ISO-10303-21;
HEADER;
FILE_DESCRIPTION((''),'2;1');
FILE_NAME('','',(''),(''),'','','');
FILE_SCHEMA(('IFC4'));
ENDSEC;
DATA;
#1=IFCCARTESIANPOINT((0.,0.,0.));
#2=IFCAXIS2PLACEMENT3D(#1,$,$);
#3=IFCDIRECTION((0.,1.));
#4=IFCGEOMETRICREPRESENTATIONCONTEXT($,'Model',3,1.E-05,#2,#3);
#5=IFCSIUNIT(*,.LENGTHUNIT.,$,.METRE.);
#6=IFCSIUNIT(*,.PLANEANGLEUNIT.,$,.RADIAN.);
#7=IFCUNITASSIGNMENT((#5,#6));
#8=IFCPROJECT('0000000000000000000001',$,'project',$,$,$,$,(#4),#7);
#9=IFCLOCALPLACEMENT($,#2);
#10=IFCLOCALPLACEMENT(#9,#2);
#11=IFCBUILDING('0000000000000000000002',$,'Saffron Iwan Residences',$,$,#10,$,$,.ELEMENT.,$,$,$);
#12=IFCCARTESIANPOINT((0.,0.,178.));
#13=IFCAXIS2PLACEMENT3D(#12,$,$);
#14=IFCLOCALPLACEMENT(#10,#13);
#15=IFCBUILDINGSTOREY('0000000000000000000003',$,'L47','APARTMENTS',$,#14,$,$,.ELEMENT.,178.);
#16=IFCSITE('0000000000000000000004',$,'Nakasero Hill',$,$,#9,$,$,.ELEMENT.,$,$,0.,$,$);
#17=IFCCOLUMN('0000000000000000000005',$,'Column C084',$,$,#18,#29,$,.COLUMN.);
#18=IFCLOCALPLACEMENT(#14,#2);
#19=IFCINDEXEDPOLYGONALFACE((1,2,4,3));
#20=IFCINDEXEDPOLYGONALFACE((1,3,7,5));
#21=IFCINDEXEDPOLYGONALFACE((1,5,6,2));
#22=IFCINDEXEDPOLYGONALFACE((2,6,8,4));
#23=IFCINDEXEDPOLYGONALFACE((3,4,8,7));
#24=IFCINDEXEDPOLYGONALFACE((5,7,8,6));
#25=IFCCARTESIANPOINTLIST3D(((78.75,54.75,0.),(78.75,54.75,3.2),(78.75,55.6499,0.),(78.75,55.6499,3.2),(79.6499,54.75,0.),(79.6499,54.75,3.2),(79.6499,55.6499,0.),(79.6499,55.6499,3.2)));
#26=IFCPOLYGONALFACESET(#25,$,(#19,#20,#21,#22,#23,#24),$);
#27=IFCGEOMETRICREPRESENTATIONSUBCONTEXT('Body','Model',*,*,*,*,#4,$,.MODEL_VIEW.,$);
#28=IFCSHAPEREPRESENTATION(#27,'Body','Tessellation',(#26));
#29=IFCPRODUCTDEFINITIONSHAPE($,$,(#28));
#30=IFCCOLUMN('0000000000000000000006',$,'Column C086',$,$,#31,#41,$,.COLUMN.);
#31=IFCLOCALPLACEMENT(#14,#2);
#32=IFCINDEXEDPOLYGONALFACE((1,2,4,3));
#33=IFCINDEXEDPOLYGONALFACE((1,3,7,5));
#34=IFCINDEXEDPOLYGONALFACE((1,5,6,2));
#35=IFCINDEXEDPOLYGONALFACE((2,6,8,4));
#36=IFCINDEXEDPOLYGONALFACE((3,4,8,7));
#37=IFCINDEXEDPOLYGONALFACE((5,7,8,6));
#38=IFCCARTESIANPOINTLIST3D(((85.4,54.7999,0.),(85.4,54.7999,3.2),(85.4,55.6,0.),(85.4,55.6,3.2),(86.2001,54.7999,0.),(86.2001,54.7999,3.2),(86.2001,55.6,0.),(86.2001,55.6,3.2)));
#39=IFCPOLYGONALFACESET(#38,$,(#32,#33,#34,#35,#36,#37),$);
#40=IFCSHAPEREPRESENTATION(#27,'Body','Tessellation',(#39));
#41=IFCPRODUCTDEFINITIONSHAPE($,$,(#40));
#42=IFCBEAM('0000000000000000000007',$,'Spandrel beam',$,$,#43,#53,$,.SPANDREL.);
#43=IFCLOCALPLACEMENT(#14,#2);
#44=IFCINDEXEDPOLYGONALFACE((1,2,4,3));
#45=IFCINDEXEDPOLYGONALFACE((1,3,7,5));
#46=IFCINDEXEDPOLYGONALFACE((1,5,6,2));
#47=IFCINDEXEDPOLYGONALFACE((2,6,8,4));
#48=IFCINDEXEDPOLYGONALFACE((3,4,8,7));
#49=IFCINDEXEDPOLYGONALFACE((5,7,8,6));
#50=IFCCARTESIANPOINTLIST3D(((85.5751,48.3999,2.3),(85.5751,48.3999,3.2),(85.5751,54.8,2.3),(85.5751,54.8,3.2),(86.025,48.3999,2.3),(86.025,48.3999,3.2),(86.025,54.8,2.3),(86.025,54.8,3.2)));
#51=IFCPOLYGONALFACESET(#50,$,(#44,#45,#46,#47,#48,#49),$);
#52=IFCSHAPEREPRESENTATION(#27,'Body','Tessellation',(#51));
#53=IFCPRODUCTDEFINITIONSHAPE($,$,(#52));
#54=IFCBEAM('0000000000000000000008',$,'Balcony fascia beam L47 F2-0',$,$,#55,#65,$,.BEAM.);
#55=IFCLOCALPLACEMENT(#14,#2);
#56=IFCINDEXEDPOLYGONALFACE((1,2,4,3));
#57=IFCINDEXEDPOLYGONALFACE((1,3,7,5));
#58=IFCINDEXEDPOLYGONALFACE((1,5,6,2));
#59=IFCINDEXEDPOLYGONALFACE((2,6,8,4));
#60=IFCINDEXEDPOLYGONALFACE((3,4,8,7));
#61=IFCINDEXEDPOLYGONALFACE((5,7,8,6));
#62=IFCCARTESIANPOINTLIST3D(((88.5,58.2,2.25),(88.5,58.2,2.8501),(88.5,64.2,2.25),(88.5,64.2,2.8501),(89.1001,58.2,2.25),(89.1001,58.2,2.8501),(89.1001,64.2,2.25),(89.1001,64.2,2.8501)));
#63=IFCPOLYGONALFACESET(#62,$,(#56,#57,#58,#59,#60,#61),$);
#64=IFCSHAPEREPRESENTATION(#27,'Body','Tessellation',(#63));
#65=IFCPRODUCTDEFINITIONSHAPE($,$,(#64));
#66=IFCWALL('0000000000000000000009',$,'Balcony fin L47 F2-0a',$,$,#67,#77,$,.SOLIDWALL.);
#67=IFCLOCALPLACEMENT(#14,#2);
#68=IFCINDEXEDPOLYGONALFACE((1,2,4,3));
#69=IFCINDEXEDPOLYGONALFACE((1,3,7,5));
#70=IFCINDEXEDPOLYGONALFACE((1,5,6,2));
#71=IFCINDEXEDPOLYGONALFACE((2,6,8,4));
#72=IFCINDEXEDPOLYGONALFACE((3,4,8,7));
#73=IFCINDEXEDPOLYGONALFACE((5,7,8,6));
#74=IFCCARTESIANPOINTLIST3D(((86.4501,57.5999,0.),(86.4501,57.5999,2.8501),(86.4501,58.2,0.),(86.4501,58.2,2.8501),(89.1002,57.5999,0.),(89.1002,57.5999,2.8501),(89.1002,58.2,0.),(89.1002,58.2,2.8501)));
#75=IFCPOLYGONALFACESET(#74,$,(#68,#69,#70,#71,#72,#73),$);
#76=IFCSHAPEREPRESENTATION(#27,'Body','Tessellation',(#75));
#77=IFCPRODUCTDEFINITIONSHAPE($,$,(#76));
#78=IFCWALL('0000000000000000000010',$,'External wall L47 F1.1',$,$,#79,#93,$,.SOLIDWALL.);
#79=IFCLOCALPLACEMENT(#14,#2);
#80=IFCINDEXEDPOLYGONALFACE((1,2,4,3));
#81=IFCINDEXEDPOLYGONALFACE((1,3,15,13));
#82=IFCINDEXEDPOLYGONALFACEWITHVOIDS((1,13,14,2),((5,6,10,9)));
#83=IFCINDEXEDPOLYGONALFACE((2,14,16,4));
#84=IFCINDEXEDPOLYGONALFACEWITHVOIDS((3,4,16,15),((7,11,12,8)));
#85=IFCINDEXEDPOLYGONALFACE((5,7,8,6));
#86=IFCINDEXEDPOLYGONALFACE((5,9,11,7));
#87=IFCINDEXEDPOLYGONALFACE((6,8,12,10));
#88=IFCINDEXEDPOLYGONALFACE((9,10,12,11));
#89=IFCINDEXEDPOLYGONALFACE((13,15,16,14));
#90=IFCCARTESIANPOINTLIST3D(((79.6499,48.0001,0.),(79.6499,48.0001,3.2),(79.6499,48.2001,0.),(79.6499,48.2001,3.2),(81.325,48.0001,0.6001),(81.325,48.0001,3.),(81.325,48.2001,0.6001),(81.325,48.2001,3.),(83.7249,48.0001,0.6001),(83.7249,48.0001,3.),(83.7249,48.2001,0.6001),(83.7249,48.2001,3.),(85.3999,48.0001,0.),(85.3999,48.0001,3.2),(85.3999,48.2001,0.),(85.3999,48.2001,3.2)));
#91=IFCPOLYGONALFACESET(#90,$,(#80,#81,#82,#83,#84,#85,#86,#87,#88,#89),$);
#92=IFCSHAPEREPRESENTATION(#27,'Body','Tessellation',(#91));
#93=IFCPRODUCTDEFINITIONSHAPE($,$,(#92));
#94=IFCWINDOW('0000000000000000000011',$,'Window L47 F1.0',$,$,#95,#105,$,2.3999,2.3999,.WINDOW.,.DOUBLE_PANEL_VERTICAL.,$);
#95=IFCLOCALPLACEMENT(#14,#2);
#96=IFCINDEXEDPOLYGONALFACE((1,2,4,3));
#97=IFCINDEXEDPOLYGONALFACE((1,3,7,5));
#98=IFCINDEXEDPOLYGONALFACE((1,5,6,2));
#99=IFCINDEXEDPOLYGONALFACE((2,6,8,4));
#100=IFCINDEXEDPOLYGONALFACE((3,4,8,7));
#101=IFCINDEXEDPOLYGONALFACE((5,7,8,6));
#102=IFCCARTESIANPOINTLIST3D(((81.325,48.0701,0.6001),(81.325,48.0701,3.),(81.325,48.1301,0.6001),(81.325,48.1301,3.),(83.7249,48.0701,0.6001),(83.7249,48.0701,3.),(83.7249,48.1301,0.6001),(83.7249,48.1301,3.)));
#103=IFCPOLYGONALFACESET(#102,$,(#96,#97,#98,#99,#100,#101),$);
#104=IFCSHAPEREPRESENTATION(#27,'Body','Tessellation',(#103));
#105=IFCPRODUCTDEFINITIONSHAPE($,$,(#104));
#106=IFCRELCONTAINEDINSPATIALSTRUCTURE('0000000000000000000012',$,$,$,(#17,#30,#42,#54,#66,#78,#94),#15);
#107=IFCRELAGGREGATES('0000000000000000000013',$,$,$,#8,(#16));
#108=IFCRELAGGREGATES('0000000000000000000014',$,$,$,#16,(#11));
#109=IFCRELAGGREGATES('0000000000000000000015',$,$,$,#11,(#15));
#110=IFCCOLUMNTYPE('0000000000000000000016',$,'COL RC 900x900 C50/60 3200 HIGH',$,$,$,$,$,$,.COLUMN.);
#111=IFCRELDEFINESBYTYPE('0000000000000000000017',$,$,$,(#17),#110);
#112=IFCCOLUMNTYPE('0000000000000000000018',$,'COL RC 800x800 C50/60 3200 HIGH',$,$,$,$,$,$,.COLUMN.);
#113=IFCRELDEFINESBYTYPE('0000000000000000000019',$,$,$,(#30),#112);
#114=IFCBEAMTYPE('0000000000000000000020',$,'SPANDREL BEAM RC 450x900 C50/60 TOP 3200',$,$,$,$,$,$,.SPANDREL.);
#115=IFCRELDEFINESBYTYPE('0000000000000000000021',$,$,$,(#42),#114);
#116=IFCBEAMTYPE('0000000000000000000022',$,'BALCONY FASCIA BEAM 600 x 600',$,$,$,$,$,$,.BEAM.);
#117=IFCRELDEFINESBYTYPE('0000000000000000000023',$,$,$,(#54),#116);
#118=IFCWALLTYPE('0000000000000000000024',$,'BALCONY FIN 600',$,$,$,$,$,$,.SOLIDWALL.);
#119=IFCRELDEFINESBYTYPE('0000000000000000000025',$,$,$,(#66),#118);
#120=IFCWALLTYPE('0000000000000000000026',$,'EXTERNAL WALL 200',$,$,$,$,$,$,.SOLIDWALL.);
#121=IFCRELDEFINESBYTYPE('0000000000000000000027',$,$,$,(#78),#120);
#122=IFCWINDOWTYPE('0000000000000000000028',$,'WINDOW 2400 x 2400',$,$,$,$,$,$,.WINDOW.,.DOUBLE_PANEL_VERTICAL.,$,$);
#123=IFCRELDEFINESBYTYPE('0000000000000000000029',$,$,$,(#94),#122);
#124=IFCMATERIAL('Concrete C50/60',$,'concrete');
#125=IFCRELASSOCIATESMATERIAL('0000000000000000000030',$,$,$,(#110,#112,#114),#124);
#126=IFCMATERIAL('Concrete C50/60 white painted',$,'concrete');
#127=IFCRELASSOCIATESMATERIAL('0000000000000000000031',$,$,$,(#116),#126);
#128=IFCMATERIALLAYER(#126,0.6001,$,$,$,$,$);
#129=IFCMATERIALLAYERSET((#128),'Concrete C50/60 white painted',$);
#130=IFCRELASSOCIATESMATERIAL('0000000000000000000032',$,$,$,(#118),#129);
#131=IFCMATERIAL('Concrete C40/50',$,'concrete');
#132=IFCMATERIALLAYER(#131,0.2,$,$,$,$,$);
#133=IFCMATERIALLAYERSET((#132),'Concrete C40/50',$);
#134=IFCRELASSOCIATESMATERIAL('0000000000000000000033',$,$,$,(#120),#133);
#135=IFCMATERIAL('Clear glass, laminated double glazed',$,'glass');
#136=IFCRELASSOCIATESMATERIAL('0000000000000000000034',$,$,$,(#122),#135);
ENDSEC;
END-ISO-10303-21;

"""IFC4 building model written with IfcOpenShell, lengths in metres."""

from ifc_helpers import new_model, si_unit, direction, frame, frame_2d, origin, origin_2d, place, context, subcontext, project, spatial, rectangle, extrude, source, transform, mapped, material, layer, layer_set, material_profile, profile_set, type_object, element, fill, save


model = new_model("IFC4")

# Units and contexts
model_context = context("Model", 3, precision=1e-05, world=origin(), true_north=direction((0.0, 1.0)))
body_context = subcontext(model_context, "Body", "Model", "MODEL_VIEW")
ifc_project = project(units=[si_unit("LENGTHUNIT", "METRE"), si_unit("PLANEANGLEUNIT", "RADIAN")], contexts=[model_context])

# Site, building, storey
site_placement = place(None, origin())
site = spatial("IfcSite", under=ifc_project, at=site_placement, Name="Nakasero Hill", CompositionType="ELEMENT", RefElevation=0.0)
building_placement = place(site_placement, origin())
building = spatial("IfcBuilding", under=site, at=building_placement, Name="Saffron Iwan Residences", CompositionType="ELEMENT")
storey_placement = place(building_placement, frame((0.0, 0.0, 178.0)))
storey = spatial("IfcBuildingStorey", under=building, at=storey_placement, Name="L47", Description="APARTMENTS", CompositionType="ELEMENT", Elevation=178.0)

# Columns
ifc_material_1 = material(Name="Concrete C50/60", Category="concrete")
ifc_material_profile_1 = material_profile(ifc_material_1, rectangle(XDim=0.8999, YDim=0.8999, at=origin_2d()), Name="RC 900x900")
ifc_profile_set_1 = profile_set([ifc_material_profile_1], Name="Concrete C50/60")
column_type_1 = type_object("IfcColumnType", Name="COL RC 900x900 C50/60 3200 HIGH", PredefinedType="COLUMN", material=ifc_profile_set_1)
shared_shape_1 = source(origin(), body_context, "Body", "SweptSolid", [
    extrude(rectangle(XDim=0.8999, YDim=0.8999, at=origin_2d()), origin(), (0.0, 0.0, 1.0), 3.2),
])
column_1_placement = place(storey_placement, frame((79.2, 55.2, 0.0), z_axis=(0.0, 0.0, 1.0), x_axis=(1.0, 0.0, 0.0)))
element("IfcColumn", 1, at=column_1_placement, inside=storey, type_object=column_type_1, Name="Column C084", PredefinedType="COLUMN", context=body_context, shape_type="MappedRepresentation", body=[
    mapped(shared_shape_1, transform((0.0, 0.0, 0.0))),
])
ifc_material_profile_2 = material_profile(ifc_material_1, rectangle(XDim=0.8, YDim=0.8, at=origin_2d()), Name="RC 800x800")
ifc_profile_set_2 = profile_set([ifc_material_profile_2], Name="Concrete C50/60")
column_type_2 = type_object("IfcColumnType", Name="COL RC 800x800 C50/60 3200 HIGH", PredefinedType="COLUMN", material=ifc_profile_set_2)
shared_shape_2 = source(origin(), body_context, "Body", "SweptSolid", [
    extrude(rectangle(XDim=0.8, YDim=0.8, at=origin_2d()), origin(), (0.0, 0.0, 1.0), 3.2),
])
column_2_placement = place(storey_placement, frame((85.8, 55.2, 0.0), z_axis=(0.0, 0.0, 1.0), x_axis=(1.0, 0.0, 0.0)))
element("IfcColumn", 2, at=column_2_placement, inside=storey, type_object=column_type_2, Name="Column C086", PredefinedType="COLUMN", context=body_context, shape_type="MappedRepresentation", body=[
    mapped(shared_shape_2, transform((0.0, 0.0, 0.0))),
])

# Beams
ifc_material_profile_3 = material_profile(ifc_material_1, rectangle(XDim=0.45, YDim=0.8999, at=origin_2d()), Name="RC 450x900")
ifc_profile_set_3 = profile_set([ifc_material_profile_3], Name="Concrete C50/60")
beam_type_1 = type_object("IfcBeamType", Name="SPANDREL BEAM RC 450x900 C50/60 TOP 3200", PredefinedType="SPANDREL", material=ifc_profile_set_3)
shared_shape_3 = source(origin(), body_context, "Body", "SweptSolid", [
    extrude(rectangle(XDim=0.45, YDim=0.8999, at=origin_2d()), origin(), (0.0, 0.0, 1.0), 6.4001),
])
beam_1_placement = place(storey_placement, frame((85.8, 54.8, 2.75), z_axis=(0.0, -1.0, 0.0), x_axis=(1.0, 0.0, 0.0)))
element("IfcBeam", 3, at=beam_1_placement, inside=storey, type_object=beam_type_1, Name="Spandrel beam", PredefinedType="SPANDREL", context=body_context, shape_type="MappedRepresentation", body=[
    mapped(shared_shape_3, transform((0.0, 0.0, 0.0))),
])
ifc_material_2 = material(Name="Concrete C50/60 white painted", Category="concrete")
ifc_material_profile_4 = material_profile(ifc_material_2, rectangle(XDim=0.6001, YDim=0.6001, at=origin_2d()), Name="BALCONY FASCIA BEAM 600 x 600")
ifc_profile_set_4 = profile_set([ifc_material_profile_4], Name="Concrete C50/60 white painted")
beam_type_2 = type_object("IfcBeamType", Name="BALCONY FASCIA BEAM 600 x 600", PredefinedType="BEAM", material=ifc_profile_set_4)
shared_shape_4 = source(origin(), body_context, "Body", "SweptSolid", [
    extrude(rectangle(XDim=0.6001, YDim=0.6001, at=origin_2d()), origin(), (0.0, 0.0, 1.0), 6.0),
])
beam_2_placement = place(storey_placement, frame((88.8, 58.2, 2.55), z_axis=(0.0, 1.0, 0.0), x_axis=(-1.0, 0.0, 0.0)))
element("IfcBeam", 4, at=beam_2_placement, inside=storey, type_object=beam_type_2, Name="Balcony fascia beam L47 F2-0", PredefinedType="BEAM", context=body_context, shape_type="MappedRepresentation", body=[
    mapped(shared_shape_4, transform((0.0, 0.0, 0.0))),
])

# Wall
ifc_layer_1 = layer(ifc_material_2, 0.6001)
ifc_layer_set_1 = layer_set([ifc_layer_1], Name="Concrete C50/60 white painted")
wall_type_1 = type_object("IfcWallType", Name="BALCONY FIN 600", PredefinedType="SOLIDWALL", material=ifc_layer_set_1)
wall_1_placement = place(storey_placement, frame((86.45, 57.8999, 0.0), z_axis=(0.0, 0.0, 1.0), x_axis=(1.0, 0.0, 0.0)))
element("IfcWall", 5, at=wall_1_placement, inside=storey, type_object=wall_type_1, Name="Balcony fin L47 F2-0a", PredefinedType="SOLIDWALL", context=body_context, shape_type="SweptSolid", body=[
    extrude(rectangle(XDim=2.6501, YDim=0.6001, at=frame_2d((1.3252, 0.0))), origin(), (0.0, 0.0, 1.0), 2.8501),
])

# Wall, opening, window
ifc_material_3 = material(Name="Concrete C40/50", Category="concrete")
ifc_layer_2 = layer(ifc_material_3, 0.2)
ifc_layer_set_2 = layer_set([ifc_layer_2], Name="Concrete C40/50")
wall_type_2 = type_object("IfcWallType", Name="EXTERNAL WALL 200", PredefinedType="SOLIDWALL", material=ifc_layer_set_2)
wall_2_placement = place(storey_placement, frame((79.6499, 48.1001, 0.0), z_axis=(0.0, 0.0, 1.0), x_axis=(1.0, 0.0, 0.0)))
wall_2 = element("IfcWall", 6, at=wall_2_placement, inside=storey, type_object=wall_type_2, Name="External wall L47 F1.1", PredefinedType="SOLIDWALL", context=body_context, shape_type="SweptSolid", body=[
    extrude(rectangle(XDim=5.75, YDim=0.2, at=frame_2d((2.875, 0.0))), origin(), (0.0, 0.0, 1.0), 3.2),
])
opening_1_placement = place(wall_2_placement, frame((1.675, 0.0, 0.6001)))
opening_1 = element("IfcOpeningElement", 7, at=opening_1_placement, cuts=wall_2, PredefinedType="OPENING", context=body_context, shape_type="SweptSolid", body=[
    extrude(rectangle(XDim=2.3999, YDim=2.3999, at=frame_2d((1.2, 1.2))), frame((0.0, 0.1099, 0.0), z_axis=(0.0, -1.0, 0.0), x_axis=(1.0, 0.0, 0.0)), (0.0, 0.0, 1.0), 0.22),
])
ifc_material_4 = material(Name="Clear glass, laminated double glazed", Category="glass")
window_type_1 = type_object("IfcWindowType", Name="WINDOW 2400 x 2400", PartitioningType="DOUBLE_PANEL_VERTICAL", PredefinedType="WINDOW", material=ifc_material_4)
window_1_placement = place(opening_1_placement, origin())
window_1 = element("IfcWindow", 8, at=window_1_placement, inside=storey, type_object=window_type_1, Name="Window L47 F1.0", OverallHeight=2.3999, OverallWidth=2.3999, PartitioningType="DOUBLE_PANEL_VERTICAL", PredefinedType="WINDOW", context=body_context, shape_type="SweptSolid", body=[
    extrude(rectangle(XDim=2.3999, YDim=2.3999, at=frame_2d((1.2, 1.2))), frame((0.0, 0.03, 0.0), z_axis=(0.0, -1.0, 0.0), x_axis=(1.0, 0.0, 0.0)), (0.0, 0.0, 1.0), 0.0601),
])
fill(opening_1, window_1)

save(model, "model.ifc")
